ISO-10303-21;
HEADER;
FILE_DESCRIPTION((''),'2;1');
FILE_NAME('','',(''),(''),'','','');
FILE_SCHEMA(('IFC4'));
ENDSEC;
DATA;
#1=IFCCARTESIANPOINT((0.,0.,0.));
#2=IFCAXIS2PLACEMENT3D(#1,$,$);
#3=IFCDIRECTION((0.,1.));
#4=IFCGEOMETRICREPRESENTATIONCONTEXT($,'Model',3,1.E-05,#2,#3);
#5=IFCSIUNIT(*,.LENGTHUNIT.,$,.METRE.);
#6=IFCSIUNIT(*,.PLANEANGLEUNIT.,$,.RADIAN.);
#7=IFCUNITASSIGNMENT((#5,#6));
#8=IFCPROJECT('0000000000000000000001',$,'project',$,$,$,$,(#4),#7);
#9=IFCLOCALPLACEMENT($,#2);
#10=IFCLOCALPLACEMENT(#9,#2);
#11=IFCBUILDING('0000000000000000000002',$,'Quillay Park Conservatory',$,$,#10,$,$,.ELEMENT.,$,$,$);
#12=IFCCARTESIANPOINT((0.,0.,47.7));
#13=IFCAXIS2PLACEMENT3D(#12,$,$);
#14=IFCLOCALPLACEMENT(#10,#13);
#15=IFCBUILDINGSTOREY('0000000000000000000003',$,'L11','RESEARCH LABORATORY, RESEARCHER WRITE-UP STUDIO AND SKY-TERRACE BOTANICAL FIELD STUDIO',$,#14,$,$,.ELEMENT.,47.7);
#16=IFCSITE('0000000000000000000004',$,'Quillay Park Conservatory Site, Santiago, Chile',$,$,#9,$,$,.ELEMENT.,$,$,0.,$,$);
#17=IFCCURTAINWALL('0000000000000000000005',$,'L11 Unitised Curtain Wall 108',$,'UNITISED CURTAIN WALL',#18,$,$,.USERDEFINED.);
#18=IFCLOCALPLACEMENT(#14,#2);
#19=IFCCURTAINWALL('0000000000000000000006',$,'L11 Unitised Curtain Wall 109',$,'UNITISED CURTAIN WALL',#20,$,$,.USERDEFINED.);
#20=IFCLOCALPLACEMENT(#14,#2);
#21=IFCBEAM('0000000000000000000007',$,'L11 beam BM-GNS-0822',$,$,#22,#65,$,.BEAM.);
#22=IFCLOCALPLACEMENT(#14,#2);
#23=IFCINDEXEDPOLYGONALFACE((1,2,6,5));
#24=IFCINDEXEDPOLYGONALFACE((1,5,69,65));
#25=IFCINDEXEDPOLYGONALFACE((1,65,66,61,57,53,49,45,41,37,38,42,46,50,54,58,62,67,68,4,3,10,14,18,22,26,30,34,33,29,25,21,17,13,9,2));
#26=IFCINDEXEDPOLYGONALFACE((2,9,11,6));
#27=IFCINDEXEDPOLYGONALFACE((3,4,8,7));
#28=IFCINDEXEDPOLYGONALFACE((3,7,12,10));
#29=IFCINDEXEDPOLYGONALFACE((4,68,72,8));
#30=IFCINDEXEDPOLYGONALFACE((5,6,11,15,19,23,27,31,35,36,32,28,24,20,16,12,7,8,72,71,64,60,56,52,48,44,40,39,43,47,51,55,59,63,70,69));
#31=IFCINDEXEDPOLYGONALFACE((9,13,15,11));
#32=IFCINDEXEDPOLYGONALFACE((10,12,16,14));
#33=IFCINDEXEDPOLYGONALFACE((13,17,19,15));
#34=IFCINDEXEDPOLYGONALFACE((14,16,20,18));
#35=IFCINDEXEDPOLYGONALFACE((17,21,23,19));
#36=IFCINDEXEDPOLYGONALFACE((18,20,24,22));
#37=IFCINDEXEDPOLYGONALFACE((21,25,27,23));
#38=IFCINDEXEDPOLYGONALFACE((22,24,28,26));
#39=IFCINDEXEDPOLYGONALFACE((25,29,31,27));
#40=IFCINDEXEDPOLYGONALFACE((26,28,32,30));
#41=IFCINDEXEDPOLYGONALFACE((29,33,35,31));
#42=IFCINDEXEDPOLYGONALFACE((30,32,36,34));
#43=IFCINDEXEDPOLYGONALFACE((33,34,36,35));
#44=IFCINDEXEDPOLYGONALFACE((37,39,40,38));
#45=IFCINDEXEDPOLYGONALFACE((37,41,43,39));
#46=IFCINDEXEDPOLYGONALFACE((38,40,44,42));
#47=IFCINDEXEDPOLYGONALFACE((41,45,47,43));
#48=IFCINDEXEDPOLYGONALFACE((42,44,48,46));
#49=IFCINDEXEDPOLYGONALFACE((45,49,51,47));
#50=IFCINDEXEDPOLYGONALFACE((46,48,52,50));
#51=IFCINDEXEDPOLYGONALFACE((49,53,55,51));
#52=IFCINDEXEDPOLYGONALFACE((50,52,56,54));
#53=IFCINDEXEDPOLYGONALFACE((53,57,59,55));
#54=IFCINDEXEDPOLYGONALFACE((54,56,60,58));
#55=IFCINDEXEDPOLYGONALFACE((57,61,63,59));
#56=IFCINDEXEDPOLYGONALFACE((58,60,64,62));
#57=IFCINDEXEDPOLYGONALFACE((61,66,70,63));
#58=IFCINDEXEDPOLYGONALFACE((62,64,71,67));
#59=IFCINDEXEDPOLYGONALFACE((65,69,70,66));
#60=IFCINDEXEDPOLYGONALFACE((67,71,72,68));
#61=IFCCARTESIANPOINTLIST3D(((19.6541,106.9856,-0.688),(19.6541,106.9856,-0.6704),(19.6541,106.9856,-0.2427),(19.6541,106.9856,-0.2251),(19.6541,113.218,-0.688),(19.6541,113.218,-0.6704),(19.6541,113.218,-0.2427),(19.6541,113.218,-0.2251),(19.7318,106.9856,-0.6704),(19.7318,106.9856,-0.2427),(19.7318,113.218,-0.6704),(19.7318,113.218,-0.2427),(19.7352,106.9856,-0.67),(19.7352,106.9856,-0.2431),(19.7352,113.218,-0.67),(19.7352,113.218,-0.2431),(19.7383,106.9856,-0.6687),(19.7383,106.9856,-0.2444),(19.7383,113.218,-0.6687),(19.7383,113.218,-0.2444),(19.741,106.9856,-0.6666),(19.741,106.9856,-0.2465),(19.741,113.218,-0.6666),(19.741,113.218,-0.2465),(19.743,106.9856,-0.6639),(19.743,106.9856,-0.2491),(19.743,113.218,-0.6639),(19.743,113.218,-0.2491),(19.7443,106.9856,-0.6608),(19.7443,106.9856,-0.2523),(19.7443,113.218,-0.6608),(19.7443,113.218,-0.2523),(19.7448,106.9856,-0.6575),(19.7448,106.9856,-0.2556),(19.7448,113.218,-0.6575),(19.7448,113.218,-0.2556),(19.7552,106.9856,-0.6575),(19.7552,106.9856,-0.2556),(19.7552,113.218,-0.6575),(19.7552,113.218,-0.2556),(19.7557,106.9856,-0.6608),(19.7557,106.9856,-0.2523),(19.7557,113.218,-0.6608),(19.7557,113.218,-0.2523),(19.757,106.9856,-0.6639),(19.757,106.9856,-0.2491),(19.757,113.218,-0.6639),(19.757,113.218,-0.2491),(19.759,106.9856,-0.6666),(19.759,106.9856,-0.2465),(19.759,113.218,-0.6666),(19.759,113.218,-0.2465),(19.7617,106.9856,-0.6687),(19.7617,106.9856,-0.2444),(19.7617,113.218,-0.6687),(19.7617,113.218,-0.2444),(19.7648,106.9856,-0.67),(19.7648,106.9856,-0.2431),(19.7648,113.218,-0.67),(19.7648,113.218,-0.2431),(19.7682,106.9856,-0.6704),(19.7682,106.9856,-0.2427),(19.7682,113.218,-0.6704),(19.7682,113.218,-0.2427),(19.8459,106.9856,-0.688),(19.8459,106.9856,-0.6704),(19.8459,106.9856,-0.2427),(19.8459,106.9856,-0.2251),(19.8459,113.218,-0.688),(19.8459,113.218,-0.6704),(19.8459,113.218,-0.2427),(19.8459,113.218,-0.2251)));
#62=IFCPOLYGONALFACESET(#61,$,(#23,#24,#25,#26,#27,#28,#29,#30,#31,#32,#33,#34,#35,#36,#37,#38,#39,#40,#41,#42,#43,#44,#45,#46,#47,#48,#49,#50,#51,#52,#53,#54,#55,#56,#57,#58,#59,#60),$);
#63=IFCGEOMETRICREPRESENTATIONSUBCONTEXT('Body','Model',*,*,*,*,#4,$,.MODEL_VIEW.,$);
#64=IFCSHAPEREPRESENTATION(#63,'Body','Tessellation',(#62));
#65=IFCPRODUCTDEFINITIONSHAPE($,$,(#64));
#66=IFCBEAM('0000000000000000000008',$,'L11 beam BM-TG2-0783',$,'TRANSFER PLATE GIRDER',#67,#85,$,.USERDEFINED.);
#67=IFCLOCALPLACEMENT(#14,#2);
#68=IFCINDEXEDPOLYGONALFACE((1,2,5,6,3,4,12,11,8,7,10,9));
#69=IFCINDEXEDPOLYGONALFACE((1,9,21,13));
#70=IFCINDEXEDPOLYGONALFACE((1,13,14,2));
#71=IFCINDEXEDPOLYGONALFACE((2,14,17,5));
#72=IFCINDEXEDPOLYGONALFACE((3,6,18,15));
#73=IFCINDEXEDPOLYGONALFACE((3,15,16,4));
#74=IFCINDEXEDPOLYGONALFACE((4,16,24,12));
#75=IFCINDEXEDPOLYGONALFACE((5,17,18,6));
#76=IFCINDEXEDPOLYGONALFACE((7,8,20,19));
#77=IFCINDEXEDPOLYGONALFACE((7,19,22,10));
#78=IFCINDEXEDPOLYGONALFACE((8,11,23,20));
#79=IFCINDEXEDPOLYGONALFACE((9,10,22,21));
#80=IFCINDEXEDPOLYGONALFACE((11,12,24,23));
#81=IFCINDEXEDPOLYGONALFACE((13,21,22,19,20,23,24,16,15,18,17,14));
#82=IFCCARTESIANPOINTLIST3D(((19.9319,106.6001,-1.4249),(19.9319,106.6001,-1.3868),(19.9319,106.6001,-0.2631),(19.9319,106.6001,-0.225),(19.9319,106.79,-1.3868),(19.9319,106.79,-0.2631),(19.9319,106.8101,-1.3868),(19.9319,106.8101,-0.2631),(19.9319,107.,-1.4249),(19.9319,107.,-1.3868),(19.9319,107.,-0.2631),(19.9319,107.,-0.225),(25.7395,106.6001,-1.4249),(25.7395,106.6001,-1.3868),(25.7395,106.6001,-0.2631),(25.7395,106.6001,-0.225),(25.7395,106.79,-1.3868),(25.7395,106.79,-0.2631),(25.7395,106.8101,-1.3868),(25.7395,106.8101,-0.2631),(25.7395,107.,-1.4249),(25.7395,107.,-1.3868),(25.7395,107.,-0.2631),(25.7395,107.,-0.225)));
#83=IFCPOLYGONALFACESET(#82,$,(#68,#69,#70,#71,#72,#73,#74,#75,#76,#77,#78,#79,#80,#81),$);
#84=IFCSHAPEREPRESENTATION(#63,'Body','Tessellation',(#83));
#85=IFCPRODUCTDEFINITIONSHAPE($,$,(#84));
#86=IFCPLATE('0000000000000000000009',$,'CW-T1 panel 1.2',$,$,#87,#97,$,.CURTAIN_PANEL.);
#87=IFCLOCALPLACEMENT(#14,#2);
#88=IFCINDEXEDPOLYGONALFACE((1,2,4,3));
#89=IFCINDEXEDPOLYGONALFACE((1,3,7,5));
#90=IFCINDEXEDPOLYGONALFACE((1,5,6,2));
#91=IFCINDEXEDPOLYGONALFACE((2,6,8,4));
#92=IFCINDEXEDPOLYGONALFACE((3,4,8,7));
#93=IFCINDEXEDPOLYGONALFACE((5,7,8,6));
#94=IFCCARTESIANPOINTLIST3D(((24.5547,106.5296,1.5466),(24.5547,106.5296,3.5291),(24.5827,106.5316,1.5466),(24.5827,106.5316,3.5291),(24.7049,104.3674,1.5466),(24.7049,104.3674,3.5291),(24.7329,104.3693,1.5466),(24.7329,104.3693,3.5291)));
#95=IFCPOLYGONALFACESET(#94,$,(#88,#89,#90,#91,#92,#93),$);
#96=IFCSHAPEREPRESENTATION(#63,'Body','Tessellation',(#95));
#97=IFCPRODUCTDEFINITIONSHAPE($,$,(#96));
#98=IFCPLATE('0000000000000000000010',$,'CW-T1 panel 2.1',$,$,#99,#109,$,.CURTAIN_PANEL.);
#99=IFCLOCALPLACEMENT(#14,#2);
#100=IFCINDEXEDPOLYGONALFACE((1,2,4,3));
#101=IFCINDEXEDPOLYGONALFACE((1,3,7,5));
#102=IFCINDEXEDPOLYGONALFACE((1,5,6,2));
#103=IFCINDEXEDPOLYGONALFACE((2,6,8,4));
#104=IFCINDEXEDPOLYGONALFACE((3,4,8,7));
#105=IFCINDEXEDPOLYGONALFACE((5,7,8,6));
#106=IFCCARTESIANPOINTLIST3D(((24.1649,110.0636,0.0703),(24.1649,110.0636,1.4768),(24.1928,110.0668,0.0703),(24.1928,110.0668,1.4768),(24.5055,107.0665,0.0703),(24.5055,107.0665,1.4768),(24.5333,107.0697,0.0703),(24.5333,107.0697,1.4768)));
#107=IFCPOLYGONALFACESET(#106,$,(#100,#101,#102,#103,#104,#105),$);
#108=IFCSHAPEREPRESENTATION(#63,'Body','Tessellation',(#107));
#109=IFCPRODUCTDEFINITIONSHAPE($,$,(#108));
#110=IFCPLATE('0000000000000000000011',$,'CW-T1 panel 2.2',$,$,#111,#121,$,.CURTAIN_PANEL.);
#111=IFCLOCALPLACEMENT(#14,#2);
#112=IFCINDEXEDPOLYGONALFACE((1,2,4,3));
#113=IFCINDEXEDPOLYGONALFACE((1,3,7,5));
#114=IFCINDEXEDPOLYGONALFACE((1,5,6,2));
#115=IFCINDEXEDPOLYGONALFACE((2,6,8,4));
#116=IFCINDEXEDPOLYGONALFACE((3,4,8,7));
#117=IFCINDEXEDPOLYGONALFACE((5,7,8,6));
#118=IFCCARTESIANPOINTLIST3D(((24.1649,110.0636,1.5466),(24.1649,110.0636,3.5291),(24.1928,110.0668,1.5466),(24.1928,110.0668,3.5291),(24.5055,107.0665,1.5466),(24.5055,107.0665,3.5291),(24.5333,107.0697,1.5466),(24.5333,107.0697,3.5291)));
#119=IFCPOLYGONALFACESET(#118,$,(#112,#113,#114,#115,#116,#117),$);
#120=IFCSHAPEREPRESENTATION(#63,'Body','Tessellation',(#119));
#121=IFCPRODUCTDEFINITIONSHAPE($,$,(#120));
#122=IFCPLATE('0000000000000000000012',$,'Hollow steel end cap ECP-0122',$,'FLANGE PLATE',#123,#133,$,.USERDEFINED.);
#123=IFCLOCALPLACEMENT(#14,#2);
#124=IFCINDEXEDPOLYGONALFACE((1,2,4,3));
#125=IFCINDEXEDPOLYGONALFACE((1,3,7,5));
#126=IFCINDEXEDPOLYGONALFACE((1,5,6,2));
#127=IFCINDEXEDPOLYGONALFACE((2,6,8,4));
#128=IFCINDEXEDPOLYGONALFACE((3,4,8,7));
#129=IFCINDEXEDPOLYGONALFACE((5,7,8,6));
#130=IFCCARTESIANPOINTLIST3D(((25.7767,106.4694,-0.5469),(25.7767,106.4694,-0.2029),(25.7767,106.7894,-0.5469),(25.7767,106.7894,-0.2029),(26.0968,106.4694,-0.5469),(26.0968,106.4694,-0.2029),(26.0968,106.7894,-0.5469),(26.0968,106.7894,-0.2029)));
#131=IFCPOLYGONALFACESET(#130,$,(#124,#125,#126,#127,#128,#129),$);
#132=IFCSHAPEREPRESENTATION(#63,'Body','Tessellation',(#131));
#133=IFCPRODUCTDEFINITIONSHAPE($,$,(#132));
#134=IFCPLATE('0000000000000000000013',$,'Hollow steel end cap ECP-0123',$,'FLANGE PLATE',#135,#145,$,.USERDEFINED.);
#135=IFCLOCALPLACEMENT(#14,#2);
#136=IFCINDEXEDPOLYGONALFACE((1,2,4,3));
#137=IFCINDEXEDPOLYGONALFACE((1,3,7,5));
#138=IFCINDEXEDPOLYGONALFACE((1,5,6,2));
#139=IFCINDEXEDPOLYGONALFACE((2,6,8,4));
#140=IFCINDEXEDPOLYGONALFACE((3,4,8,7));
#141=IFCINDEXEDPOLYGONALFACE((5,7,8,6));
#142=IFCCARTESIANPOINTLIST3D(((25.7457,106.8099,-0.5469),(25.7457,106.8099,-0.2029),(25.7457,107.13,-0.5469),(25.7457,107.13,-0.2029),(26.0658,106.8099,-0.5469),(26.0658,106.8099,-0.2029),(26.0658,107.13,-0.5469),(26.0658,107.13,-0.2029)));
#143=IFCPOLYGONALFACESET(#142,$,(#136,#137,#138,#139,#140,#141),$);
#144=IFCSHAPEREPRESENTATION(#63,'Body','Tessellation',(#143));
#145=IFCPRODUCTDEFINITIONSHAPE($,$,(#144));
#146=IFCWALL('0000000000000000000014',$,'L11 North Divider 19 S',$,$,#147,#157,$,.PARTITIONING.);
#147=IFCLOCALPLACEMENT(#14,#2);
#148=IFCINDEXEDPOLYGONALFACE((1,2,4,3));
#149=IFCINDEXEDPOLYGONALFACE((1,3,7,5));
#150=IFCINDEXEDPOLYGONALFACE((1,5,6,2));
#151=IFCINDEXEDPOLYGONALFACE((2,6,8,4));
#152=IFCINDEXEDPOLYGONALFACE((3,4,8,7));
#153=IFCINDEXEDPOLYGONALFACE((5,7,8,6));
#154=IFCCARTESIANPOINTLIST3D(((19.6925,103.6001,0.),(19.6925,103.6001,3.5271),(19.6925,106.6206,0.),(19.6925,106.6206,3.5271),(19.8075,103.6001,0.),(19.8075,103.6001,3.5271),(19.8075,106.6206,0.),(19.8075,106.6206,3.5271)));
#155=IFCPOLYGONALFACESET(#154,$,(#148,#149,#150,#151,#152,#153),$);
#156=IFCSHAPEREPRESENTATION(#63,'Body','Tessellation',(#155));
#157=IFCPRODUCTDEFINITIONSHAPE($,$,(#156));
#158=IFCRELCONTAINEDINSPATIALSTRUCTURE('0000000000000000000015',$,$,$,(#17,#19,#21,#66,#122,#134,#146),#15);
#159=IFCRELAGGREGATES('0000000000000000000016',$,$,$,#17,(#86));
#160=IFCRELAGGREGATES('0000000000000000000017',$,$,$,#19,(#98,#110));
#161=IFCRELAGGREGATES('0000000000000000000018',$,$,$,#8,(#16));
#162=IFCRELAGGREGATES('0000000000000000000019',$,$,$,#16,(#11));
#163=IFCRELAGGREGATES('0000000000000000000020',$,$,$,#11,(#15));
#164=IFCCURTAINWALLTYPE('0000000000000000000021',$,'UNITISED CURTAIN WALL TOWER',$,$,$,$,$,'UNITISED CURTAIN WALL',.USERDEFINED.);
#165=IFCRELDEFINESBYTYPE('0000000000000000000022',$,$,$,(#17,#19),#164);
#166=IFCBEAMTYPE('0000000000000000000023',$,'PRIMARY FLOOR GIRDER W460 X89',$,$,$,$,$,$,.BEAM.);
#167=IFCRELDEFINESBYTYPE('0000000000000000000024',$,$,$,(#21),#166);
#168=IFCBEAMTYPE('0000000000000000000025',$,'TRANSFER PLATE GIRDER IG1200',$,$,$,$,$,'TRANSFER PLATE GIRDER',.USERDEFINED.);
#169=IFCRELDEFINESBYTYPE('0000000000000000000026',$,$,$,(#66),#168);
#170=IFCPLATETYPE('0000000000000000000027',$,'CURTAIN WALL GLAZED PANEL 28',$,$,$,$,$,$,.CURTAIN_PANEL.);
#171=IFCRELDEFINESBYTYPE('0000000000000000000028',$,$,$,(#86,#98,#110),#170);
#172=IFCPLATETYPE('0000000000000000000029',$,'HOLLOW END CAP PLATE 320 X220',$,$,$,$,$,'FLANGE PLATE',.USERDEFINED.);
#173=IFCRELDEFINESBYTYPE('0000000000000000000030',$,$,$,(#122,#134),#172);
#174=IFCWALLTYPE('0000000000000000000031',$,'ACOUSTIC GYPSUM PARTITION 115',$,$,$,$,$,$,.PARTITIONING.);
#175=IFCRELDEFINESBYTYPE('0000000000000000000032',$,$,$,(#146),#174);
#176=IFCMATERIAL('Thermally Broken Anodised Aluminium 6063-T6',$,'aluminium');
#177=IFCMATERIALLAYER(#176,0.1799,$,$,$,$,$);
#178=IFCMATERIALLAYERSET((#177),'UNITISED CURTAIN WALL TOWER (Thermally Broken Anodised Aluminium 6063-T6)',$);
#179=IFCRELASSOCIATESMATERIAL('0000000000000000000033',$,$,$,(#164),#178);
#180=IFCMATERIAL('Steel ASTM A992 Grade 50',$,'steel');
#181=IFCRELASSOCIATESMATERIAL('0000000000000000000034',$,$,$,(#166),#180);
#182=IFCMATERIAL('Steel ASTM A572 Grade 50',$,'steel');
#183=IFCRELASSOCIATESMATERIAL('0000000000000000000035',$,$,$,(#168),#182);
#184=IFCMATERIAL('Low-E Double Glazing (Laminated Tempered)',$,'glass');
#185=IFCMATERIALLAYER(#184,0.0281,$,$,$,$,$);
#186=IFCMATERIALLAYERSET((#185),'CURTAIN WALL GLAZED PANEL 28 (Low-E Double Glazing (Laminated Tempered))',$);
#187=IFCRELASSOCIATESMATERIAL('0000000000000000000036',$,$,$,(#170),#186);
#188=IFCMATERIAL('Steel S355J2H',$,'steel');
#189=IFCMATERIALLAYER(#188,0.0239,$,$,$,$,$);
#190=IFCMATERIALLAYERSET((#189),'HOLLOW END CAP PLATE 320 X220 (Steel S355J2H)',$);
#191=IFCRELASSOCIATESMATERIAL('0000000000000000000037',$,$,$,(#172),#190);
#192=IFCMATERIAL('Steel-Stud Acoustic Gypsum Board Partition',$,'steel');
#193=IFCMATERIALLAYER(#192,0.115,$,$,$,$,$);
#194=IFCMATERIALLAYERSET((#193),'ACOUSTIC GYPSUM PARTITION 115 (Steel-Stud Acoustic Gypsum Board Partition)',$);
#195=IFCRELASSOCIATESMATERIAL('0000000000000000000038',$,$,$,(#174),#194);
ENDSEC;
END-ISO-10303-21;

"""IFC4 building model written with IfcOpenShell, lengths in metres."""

from ifc_helpers import new_model, si_unit, direction, frame, frame_2d, origin, origin_2d, place, context, subcontext, project, spatial, rectangle, i_section, extrude, material, layer, layer_set, material_profile, profile_set, type_object, element, aggregate, save


model = new_model("IFC4")

# Units and contexts
model_context = context("Model", 3, precision=1e-05, world=origin(), true_north=direction((0.0, 1.0)))
body_context = subcontext(model_context, "Body", "Model", "MODEL_VIEW")
ifc_project = project(units=[si_unit("LENGTHUNIT", "METRE"), si_unit("PLANEANGLEUNIT", "RADIAN")], contexts=[model_context])

# Site, building, storey
site_placement = place(None, origin())
site = spatial("IfcSite", under=ifc_project, at=site_placement, Name="Quillay Park Conservatory Site, Santiago, Chile", CompositionType="ELEMENT", RefElevation=0.0)
building_placement = place(site_placement, origin())
building = spatial("IfcBuilding", under=site, at=building_placement, Name="Quillay Park Conservatory", CompositionType="ELEMENT")
storey_placement = place(building_placement, frame((0.0, 0.0, 47.7)))
storey = spatial("IfcBuildingStorey", under=building, at=storey_placement, Name="L11", Description="RESEARCH LABORATORY, RESEARCHER WRITE-UP STUDIO AND SKY-TERRACE BOTANICAL FIELD STUDIO", CompositionType="ELEMENT", Elevation=47.7)

# Curtain wall
ifc_material_1 = material(Name="Thermally Broken Anodised Aluminium 6063-T6", Category="aluminium")
ifc_layer_1 = layer(ifc_material_1, 0.1799)
ifc_layer_set_1 = layer_set([ifc_layer_1], Name="UNITISED CURTAIN WALL TOWER (Thermally Broken Anodised Aluminium 6063-T6)")
curtain_wall_type = type_object("IfcCurtainWallType", Name="UNITISED CURTAIN WALL TOWER", ElementType="UNITISED CURTAIN WALL", PredefinedType="USERDEFINED", material=ifc_layer_set_1)
curtain_wall_1_placement = place(storey_placement, origin())
curtain_wall_1 = element("IfcCurtainWall", 1, at=curtain_wall_1_placement, inside=storey, type_object=curtain_wall_type, Name="L11 Unitised Curtain Wall 108", ObjectType="UNITISED CURTAIN WALL", PredefinedType="USERDEFINED")

# Curtain wall
curtain_wall_2_placement = place(storey_placement, origin())
curtain_wall_2 = element("IfcCurtainWall", 2, at=curtain_wall_2_placement, inside=storey, type_object=curtain_wall_type, Name="L11 Unitised Curtain Wall 109", ObjectType="UNITISED CURTAIN WALL", PredefinedType="USERDEFINED")

# Beams
ifc_material_2 = material(Name="Steel ASTM A992 Grade 50", Category="steel")
ifc_material_profile_1 = material_profile(ifc_material_2, i_section(OverallWidth=0.1919, OverallDepth=0.4629, WebThickness=0.0105, FlangeThickness=0.0176, FilletRadius=0.0129, at=origin_2d()), Name="W460x89")
ifc_profile_set_1 = profile_set([ifc_material_profile_1], Name="Steel ASTM A992 Grade 50")
beam_type_1 = type_object("IfcBeamType", Name="PRIMARY FLOOR GIRDER W460 X89", PredefinedType="BEAM", material=ifc_profile_set_1)
beam_1_placement = place(storey_placement, frame((19.75, 106.9856, -0.4565), z_axis=(0.0, 1.0, 0.0), x_axis=(-1.0, 0.0, 0.0)))
element("IfcBeam", 3, at=beam_1_placement, inside=storey, type_object=beam_type_1, Name="L11 beam BM-GNS-0822", PredefinedType="BEAM", context=body_context, shape_type="SweptSolid", body=[
    extrude(i_section(OverallWidth=0.1919, OverallDepth=0.4629, WebThickness=0.0105, FlangeThickness=0.0176, FilletRadius=0.0129, at=origin_2d()), origin(), (0.0, 0.0, 1.0), 6.2324),
])
ifc_material_3 = material(Name="Steel ASTM A572 Grade 50", Category="steel")
ifc_material_profile_2 = material_profile(ifc_material_3, i_section(OverallWidth=0.3999, OverallDepth=1.2, WebThickness=0.02, FlangeThickness=0.0381, at=origin_2d()), Name="IG1200x400")
ifc_profile_set_2 = profile_set([ifc_material_profile_2], Name="Steel ASTM A572 Grade 50")
beam_type_2 = type_object("IfcBeamType", Name="TRANSFER PLATE GIRDER IG1200", ElementType="TRANSFER PLATE GIRDER", PredefinedType="USERDEFINED", material=ifc_profile_set_2)
beam_2_placement = place(storey_placement, frame((19.9319, 106.8, -0.825), z_axis=(1.0, 0.0, 0.0), x_axis=(0.0, 1.0, 0.0)))
element("IfcBeam", 4, at=beam_2_placement, inside=storey, type_object=beam_type_2, Name="L11 beam BM-TG2-0783", ObjectType="TRANSFER PLATE GIRDER", PredefinedType="USERDEFINED", context=body_context, shape_type="SweptSolid", body=[
    extrude(i_section(OverallWidth=0.3999, OverallDepth=1.2, WebThickness=0.02, FlangeThickness=0.0381, at=origin_2d()), origin(), (0.0, 0.0, 1.0), 5.8076),
])

# Plates
ifc_material_4 = material(Name="Low-E Double Glazing (Laminated Tempered)", Category="glass")
ifc_layer_2 = layer(ifc_material_4, 0.0281)
ifc_layer_set_2 = layer_set([ifc_layer_2], Name="CURTAIN WALL GLAZED PANEL 28 (Low-E Double Glazing (Laminated Tempered))")
plate_type_1 = type_object("IfcPlateType", Name="CURTAIN WALL GLAZED PANEL 28", PredefinedType="CURTAIN_PANEL", material=ifc_layer_set_2)
plate_1_placement = place(storey_placement, frame((24.6438, 105.4495, 1.5466), z_axis=(0.0, 0.0, 1.0), x_axis=(0.069264, -0.997598, 0.0)))
plate_1 = element("IfcPlate", 5, at=plate_1_placement, type_object=plate_type_1, Name="CW-T1 panel 1.2", PredefinedType="CURTAIN_PANEL", context=body_context, shape_type="SweptSolid", body=[
    extrude(rectangle(XDim=2.1675, YDim=0.0281, at=origin_2d()), origin(), (0.0, 0.0, 1.0), 1.9824),
])
aggregate(curtain_wall_1, [plate_1])
plate_2_placement = place(storey_placement, frame((24.3491, 108.5667, 0.0703), z_axis=(0.0, 0.0, 1.0), x_axis=(0.112903, -0.993606, 0.0)))
plate_2 = element("IfcPlate", 6, at=plate_2_placement, type_object=plate_type_1, Name="CW-T1 panel 2.1", PredefinedType="CURTAIN_PANEL", context=body_context, shape_type="SweptSolid", body=[
    extrude(rectangle(XDim=3.0164, YDim=0.0281, at=origin_2d()), origin(), (0.0, 0.0, 1.0), 1.4065),
])
plate_3_placement = place(storey_placement, frame((24.3491, 108.5667, 1.5466), z_axis=(0.0, 0.0, 1.0), x_axis=(0.112903, -0.993606, 0.0)))
plate_3 = element("IfcPlate", 7, at=plate_3_placement, type_object=plate_type_1, Name="CW-T1 panel 2.2", PredefinedType="CURTAIN_PANEL", context=body_context, shape_type="SweptSolid", body=[
    extrude(rectangle(XDim=3.0164, YDim=0.0281, at=origin_2d()), origin(), (0.0, 0.0, 1.0), 1.9824),
])
aggregate(curtain_wall_2, [plate_2, plate_3])

# Plates
ifc_material_5 = material(Name="Steel S355J2H", Category="steel")
ifc_layer_3 = layer(ifc_material_5, 0.0239)
ifc_layer_set_3 = layer_set([ifc_layer_3], Name="HOLLOW END CAP PLATE 320 X220 (Steel S355J2H)")
plate_type_2 = type_object("IfcPlateType", Name="HOLLOW END CAP PLATE 320 X220", ElementType="FLANGE PLATE", PredefinedType="USERDEFINED", material=ifc_layer_set_3)
for number, where, z_axis, x_axis, name in (
    (8, (25.9368, 106.6294, -0.5469), (0.0, 0.0, 1.0), (1.0, 0.0, 0.0), "Hollow steel end cap ECP-0122"),
    (9, (25.9058, 106.97, -0.5469), (0.0, 0.0, 1.0), (1.0, 0.0, 0.0), "Hollow steel end cap ECP-0123"),
):
    element("IfcPlate", number, at=place(storey_placement, frame(where, z_axis=z_axis, x_axis=x_axis)), inside=storey, type_object=plate_type_2, Name=name, ObjectType="FLANGE PLATE", PredefinedType="USERDEFINED", context=body_context, shape_type="SweptSolid", body=[
        extrude(rectangle(XDim=0.3201, YDim=0.3201, at=origin_2d()), origin(), (0.0, 0.0, 1.0), 0.344),
    ])

# Wall
ifc_material_6 = material(Name="Steel-Stud Acoustic Gypsum Board Partition", Category="steel")
ifc_layer_4 = layer(ifc_material_6, 0.115)
ifc_layer_set_4 = layer_set([ifc_layer_4], Name="ACOUSTIC GYPSUM PARTITION 115 (Steel-Stud Acoustic Gypsum Board Partition)")
wall_type = type_object("IfcWallType", Name="ACOUSTIC GYPSUM PARTITION 115", PredefinedType="PARTITIONING", material=ifc_layer_set_4)
wall_placement = place(storey_placement, frame((19.75, 106.6206, 0.0), z_axis=(0.0, 0.0, 1.0), x_axis=(0.0, -1.0, 0.0)))
element("IfcWall", 10, at=wall_placement, inside=storey, type_object=wall_type, Name="L11 North Divider 19 S", PredefinedType="PARTITIONING", context=body_context, shape_type="SweptSolid", body=[
    extrude(rectangle(XDim=3.0205, YDim=0.115, at=frame_2d((1.5103, 0.0))), origin(), (0.0, 0.0, 1.0), 3.5271),
])

save(model, "model.ifc")
